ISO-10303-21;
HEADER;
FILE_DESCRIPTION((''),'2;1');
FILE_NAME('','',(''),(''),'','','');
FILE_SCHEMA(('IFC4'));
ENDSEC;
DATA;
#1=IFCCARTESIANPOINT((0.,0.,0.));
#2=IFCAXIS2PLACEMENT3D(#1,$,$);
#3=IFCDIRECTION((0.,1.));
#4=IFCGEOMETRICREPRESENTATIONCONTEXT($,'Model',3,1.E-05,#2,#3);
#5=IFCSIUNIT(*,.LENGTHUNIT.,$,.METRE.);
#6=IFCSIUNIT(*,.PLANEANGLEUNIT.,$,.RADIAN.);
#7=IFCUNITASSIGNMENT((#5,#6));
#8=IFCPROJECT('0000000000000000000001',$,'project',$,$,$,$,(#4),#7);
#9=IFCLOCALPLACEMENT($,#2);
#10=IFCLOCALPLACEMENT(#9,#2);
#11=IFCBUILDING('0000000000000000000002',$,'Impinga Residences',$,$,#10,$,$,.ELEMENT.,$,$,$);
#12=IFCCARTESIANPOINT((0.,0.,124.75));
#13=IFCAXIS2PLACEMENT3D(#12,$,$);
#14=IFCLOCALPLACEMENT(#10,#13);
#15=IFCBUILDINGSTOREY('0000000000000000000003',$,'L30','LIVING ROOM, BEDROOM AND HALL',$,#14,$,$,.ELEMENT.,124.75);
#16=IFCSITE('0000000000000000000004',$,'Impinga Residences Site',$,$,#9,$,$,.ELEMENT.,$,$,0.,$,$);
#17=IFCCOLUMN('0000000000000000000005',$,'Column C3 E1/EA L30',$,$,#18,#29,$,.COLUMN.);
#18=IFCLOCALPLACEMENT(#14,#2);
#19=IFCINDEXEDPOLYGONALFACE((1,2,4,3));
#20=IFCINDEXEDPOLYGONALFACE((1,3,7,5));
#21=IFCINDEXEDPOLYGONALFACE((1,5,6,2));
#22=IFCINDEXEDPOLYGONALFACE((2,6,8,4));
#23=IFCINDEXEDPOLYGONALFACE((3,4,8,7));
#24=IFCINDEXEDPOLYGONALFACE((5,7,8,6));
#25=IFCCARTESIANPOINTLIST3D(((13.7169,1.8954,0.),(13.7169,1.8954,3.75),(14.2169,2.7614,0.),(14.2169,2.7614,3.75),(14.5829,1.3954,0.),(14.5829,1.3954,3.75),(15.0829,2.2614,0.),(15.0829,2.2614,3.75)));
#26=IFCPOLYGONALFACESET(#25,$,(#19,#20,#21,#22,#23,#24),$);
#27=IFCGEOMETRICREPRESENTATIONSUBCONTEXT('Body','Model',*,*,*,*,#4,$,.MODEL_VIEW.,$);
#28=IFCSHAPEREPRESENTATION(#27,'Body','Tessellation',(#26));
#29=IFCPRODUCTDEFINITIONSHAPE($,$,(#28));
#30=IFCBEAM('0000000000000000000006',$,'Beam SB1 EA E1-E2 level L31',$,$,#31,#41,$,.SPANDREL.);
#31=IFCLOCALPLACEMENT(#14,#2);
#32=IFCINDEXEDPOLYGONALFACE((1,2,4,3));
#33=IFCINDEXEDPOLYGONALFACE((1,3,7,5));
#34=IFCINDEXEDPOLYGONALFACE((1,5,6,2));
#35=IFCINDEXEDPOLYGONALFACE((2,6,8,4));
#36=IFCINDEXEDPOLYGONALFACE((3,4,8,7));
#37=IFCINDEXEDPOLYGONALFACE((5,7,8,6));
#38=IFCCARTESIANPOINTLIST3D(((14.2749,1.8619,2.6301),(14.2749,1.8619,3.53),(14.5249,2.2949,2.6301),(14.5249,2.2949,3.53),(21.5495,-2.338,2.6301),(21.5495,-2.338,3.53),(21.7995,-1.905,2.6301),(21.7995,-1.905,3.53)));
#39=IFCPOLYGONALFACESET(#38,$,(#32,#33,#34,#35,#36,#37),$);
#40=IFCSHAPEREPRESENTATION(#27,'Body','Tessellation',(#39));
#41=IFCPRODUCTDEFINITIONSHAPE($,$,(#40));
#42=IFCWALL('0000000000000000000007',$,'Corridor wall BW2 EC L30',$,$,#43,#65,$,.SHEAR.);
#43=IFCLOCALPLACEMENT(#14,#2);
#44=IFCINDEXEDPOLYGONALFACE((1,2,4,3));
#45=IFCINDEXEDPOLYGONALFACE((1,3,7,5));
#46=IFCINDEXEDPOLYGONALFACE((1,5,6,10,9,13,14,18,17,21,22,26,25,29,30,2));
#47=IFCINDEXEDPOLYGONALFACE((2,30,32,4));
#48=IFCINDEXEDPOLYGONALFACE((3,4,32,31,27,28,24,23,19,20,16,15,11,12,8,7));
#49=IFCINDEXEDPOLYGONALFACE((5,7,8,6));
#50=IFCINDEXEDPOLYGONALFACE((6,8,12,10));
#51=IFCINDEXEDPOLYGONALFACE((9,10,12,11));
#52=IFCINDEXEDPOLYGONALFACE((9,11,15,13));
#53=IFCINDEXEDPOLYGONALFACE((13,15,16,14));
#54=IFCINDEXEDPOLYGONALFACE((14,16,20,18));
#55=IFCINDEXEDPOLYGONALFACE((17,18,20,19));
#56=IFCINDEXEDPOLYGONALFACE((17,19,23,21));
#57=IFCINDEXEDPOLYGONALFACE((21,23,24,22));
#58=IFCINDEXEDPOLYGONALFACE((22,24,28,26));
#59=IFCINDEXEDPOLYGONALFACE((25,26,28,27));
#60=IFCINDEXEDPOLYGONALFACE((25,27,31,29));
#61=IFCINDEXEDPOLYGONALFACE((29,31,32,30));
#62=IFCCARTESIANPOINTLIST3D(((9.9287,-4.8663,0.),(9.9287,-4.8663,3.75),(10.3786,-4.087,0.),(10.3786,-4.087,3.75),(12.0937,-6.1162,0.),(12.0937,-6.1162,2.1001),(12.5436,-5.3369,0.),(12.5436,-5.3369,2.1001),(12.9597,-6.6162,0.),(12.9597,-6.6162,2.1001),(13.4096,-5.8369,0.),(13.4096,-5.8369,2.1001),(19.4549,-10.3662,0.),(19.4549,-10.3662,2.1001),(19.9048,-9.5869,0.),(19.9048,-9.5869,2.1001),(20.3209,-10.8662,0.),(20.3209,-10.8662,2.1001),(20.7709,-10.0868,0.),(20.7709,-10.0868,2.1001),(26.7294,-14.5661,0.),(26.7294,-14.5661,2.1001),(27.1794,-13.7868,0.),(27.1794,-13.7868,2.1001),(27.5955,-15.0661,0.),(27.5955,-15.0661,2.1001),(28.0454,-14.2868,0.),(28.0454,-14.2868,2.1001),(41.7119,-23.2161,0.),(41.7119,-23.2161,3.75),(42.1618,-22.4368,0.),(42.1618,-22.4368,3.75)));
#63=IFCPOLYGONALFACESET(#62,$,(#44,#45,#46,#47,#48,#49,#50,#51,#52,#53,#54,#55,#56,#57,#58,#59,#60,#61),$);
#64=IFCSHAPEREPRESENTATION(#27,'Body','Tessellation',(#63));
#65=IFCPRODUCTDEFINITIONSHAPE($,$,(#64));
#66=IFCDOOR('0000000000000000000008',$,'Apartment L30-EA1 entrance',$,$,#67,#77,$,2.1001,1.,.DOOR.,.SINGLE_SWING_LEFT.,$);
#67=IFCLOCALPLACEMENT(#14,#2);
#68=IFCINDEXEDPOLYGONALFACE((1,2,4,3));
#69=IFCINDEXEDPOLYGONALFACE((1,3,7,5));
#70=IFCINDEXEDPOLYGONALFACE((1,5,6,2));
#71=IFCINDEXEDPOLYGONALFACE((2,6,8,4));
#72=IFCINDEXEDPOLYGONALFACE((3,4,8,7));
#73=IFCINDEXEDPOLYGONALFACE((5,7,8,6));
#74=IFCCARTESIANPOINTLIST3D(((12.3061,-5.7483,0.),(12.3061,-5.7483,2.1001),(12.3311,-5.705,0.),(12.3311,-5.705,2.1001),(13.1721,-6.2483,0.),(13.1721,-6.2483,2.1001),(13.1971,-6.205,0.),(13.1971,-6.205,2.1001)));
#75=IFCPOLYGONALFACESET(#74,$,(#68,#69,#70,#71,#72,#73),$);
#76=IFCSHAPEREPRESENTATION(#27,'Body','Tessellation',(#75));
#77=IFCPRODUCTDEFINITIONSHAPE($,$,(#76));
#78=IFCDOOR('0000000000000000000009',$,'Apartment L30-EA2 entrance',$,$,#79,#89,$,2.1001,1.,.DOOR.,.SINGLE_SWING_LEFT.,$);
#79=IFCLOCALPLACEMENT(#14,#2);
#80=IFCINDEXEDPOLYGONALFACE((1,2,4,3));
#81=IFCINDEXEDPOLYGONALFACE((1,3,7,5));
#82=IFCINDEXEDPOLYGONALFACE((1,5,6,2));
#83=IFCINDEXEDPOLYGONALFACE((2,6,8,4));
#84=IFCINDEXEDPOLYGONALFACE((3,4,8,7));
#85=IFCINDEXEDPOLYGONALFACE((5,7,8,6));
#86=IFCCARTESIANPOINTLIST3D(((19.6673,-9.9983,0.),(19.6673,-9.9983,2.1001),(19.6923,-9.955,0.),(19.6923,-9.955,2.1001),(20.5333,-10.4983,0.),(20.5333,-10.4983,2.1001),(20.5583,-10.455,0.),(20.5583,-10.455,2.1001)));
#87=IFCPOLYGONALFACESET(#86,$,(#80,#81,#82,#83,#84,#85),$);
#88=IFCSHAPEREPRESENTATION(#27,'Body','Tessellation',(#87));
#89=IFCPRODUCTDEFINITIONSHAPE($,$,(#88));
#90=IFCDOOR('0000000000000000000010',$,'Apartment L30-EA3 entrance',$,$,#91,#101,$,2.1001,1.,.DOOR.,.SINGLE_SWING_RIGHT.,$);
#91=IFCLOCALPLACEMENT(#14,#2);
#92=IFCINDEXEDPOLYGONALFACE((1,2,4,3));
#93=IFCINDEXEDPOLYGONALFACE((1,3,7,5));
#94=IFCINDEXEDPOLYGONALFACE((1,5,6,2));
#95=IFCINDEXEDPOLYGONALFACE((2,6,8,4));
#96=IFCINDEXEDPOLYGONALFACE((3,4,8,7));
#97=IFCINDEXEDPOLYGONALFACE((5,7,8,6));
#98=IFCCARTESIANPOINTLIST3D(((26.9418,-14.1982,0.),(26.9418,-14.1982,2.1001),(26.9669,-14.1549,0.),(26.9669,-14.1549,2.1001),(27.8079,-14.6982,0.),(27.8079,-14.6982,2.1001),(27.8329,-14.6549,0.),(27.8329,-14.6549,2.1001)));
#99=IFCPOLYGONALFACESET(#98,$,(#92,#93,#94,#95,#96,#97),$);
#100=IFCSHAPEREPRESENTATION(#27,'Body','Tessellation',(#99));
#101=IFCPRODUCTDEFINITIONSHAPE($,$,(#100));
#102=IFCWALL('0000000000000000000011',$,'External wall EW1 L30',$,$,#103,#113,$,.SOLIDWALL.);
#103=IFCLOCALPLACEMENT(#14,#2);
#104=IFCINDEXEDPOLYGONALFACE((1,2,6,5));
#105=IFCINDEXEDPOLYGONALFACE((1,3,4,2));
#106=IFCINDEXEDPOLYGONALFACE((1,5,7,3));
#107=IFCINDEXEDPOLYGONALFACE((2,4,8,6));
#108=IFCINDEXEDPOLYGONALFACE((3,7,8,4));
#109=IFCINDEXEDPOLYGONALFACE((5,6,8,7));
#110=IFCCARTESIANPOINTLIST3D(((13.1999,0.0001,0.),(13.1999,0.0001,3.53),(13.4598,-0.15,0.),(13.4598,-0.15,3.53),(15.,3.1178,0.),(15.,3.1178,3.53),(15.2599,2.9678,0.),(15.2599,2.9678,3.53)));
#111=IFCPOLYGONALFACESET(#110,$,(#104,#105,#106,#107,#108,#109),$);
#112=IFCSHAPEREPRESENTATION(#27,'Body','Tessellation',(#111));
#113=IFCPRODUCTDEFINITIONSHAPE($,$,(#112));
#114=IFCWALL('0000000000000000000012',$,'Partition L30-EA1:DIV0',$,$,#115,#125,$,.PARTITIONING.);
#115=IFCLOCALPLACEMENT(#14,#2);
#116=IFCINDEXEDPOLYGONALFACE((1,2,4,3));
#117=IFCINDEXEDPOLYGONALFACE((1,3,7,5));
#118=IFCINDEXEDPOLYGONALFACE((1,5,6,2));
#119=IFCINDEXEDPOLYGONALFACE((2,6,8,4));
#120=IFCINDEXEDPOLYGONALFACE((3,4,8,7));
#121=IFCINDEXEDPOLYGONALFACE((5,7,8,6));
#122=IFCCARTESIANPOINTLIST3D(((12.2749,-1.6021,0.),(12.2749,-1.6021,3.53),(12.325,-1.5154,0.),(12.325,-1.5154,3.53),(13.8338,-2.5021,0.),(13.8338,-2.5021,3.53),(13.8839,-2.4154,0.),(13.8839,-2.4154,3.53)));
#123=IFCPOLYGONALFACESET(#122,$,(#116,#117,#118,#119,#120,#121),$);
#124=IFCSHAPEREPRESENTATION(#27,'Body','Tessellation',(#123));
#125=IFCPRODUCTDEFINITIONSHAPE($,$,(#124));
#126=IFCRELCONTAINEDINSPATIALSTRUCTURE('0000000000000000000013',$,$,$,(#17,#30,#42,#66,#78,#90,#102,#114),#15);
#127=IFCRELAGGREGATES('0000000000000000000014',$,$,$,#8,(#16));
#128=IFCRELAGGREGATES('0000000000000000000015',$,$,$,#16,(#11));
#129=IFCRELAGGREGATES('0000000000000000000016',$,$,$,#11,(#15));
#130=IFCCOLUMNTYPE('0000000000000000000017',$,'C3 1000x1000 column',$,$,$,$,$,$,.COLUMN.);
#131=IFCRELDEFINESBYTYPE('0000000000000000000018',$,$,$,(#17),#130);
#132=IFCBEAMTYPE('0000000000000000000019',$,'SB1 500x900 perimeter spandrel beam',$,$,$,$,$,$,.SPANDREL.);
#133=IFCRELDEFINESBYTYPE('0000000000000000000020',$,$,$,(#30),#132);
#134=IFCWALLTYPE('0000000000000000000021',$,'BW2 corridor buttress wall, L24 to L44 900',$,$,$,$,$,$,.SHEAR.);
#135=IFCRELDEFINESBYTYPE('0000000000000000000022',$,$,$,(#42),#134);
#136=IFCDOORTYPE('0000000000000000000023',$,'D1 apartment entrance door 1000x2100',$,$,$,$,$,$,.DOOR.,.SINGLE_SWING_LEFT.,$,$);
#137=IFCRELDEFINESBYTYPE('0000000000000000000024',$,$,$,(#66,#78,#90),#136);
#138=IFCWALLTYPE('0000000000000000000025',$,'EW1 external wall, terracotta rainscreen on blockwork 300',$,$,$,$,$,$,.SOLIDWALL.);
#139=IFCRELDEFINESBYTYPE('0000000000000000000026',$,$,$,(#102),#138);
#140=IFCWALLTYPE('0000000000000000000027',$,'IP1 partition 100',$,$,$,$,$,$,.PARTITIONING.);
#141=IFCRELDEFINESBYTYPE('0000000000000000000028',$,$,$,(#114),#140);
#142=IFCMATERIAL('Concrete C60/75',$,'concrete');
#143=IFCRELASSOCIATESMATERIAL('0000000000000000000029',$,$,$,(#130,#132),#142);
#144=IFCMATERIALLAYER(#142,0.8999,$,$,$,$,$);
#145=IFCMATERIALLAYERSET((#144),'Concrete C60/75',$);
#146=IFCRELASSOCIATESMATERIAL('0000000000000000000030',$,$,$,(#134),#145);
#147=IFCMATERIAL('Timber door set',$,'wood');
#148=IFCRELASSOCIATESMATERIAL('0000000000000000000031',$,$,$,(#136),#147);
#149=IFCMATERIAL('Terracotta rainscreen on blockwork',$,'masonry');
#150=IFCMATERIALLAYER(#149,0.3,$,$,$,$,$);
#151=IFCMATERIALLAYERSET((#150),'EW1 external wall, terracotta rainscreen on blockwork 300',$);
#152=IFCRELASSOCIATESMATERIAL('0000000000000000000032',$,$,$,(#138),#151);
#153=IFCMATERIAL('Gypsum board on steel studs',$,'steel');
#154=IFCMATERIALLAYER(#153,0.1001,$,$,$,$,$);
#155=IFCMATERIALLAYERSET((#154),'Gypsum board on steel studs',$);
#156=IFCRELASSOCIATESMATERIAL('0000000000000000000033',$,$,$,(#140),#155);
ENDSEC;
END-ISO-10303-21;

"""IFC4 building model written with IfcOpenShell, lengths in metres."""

from ifc_helpers import new_model, si_unit, direction, frame, frame_2d, origin, origin_2d, place, context, subcontext, project, spatial, rectangle, extrude, material, layer, layer_set, material_profile, profile_set, type_object, element, fill, save


model = new_model("IFC4")

# Units and contexts
model_context = context("Model", 3, precision=1e-05, world=origin(), true_north=direction((0.0, 1.0)))
body_context = subcontext(model_context, "Body", "Model", "MODEL_VIEW")
ifc_project = project(units=[si_unit("LENGTHUNIT", "METRE"), si_unit("PLANEANGLEUNIT", "RADIAN")], contexts=[model_context])

# Site, building, storey
site_placement = place(None, origin())
site = spatial("IfcSite", under=ifc_project, at=site_placement, Name="Impinga Residences Site", CompositionType="ELEMENT", RefElevation=0.0)
building_placement = place(site_placement, origin())
building = spatial("IfcBuilding", under=site, at=building_placement, Name="Impinga Residences", CompositionType="ELEMENT")
storey_placement = place(building_placement, frame((0.0, 0.0, 124.75)))
storey = spatial("IfcBuildingStorey", under=building, at=storey_placement, Name="L30", Description="LIVING ROOM, BEDROOM AND HALL", CompositionType="ELEMENT", Elevation=124.75)

# Column
ifc_material_1 = material(Name="Concrete C60/75", Category="concrete")
ifc_material_profile_1 = material_profile(ifc_material_1, rectangle(XDim=1.0, YDim=1.0, at=origin_2d()), Name="RC 1000x1000")
ifc_profile_set_1 = profile_set([ifc_material_profile_1], Name="Concrete C60/75")
column_type = type_object("IfcColumnType", Name="C3 1000x1000 column", PredefinedType="COLUMN", material=ifc_profile_set_1)
column_placement = place(storey_placement, frame((14.3999, 2.0784, 0.0), z_axis=(0.0, 0.0, 1.0), x_axis=(-0.5, -0.866025, 0.0)))
element("IfcColumn", 1, at=column_placement, inside=storey, type_object=column_type, Name="Column C3 E1/EA L30", PredefinedType="COLUMN", context=body_context, shape_type="SweptSolid", body=[
    extrude(rectangle(XDim=1.0, YDim=1.0, at=origin_2d()), origin(), (0.0, 0.0, 1.0), 3.75),
])

# Beam
ifc_material_profile_2 = material_profile(ifc_material_1, rectangle(XDim=0.5, YDim=0.8999, at=origin_2d()), Name="RC 500x900")
ifc_profile_set_2 = profile_set([ifc_material_profile_2], Name="Concrete C60/75")
beam_type = type_object("IfcBeamType", Name="SB1 500x900 perimeter spandrel beam", PredefinedType="SPANDREL", material=ifc_profile_set_2)
beam_placement = place(storey_placement, frame((14.3999, 2.0784, 3.0801), z_axis=(0.866029, -0.499993, 0.0), x_axis=(0.499993, 0.866029, 0.0)))
element("IfcBeam", 2, at=beam_placement, inside=storey, type_object=beam_type, Name="Beam SB1 EA E1-E2 level L31", PredefinedType="SPANDREL", context=body_context, shape_type="SweptSolid", body=[
    extrude(rectangle(XDim=0.5, YDim=0.8999, at=origin_2d()), origin(), (0.0, 0.0, 1.0), 8.3999),
])

# Wall, openings, doors
ifc_layer_1 = layer(ifc_material_1, 0.8999)
ifc_layer_set_1 = layer_set([ifc_layer_1], Name="Concrete C60/75")
wall_type_1 = type_object("IfcWallType", Name="BW2 corridor buttress wall, L24 to L44 900", PredefinedType="SHEAR", material=ifc_layer_set_1)
wall_1_placement = place(storey_placement, frame((10.1536, -4.4766, 0.0), z_axis=(0.0, 0.0, 1.0), x_axis=(0.866028, -0.499996, 0.0)))
wall_1 = element("IfcWall", 3, at=wall_1_placement, inside=storey, type_object=wall_type_1, Name="Corridor wall BW2 EC L30", PredefinedType="SHEAR", context=body_context, shape_type="SweptSolid", body=[
    extrude(rectangle(XDim=36.7, YDim=0.8999, at=frame_2d((18.3501, 0.0))), origin(), (0.0, 0.0, 1.0), 3.75),
])
opening_1_placement = place(wall_1_placement, frame((2.5, 0.0, 0.0)))
opening_1 = element("IfcOpeningElement", 4, at=opening_1_placement, cuts=wall_1, PredefinedType="OPENING", context=body_context, shape_type="SweptSolid", body=[
    extrude(rectangle(XDim=1.0, YDim=2.1001, at=frame_2d((0.5, 1.05))), frame((0.0, 0.46, 0.0), z_axis=(0.0, -1.0, 0.0), x_axis=(1.0, 0.0, 0.0)), (0.0, 0.0, 1.0), 0.9199),
])
opening_2_placement = place(wall_1_placement, frame((11.0, 0.0, 0.0)))
opening_2 = element("IfcOpeningElement", 5, at=opening_2_placement, cuts=wall_1, PredefinedType="OPENING", context=body_context, shape_type="SweptSolid", body=[
    extrude(rectangle(XDim=1.0, YDim=2.1001, at=frame_2d((0.5, 1.05))), frame((0.0, 0.46, 0.0), z_axis=(0.0, -1.0, 0.0), x_axis=(1.0, 0.0, 0.0)), (0.0, 0.0, 1.0), 0.9199),
])
opening_3_placement = place(wall_1_placement, frame((19.3999, 0.0, 0.0)))
opening_3 = element("IfcOpeningElement", 6, at=opening_3_placement, cuts=wall_1, PredefinedType="OPENING", context=body_context, shape_type="SweptSolid", body=[
    extrude(rectangle(XDim=1.0, YDim=2.1001, at=frame_2d((0.5, 1.05))), frame((0.0, 0.46, 0.0), z_axis=(0.0, -1.0, 0.0), x_axis=(1.0, 0.0, 0.0)), (0.0, 0.0, 1.0), 0.9199),
])
ifc_material_2 = material(Name="Timber door set", Category="wood")
door_type_1 = type_object("IfcDoorType", Name="D1 apartment entrance door 1000x2100", OperationType="SINGLE_SWING_LEFT", PredefinedType="DOOR", material=ifc_material_2)
door_1_placement = place(opening_1_placement, origin())
door_1 = element("IfcDoor", 7, at=door_1_placement, inside=storey, type_object=door_type_1, Name="Apartment L30-EA1 entrance", OperationType="SINGLE_SWING_LEFT", OverallHeight=2.1001, OverallWidth=1.0, PredefinedType="DOOR", context=body_context, shape_type="SweptSolid", body=[
    extrude(rectangle(XDim=1.0, YDim=2.1001, at=frame_2d((0.5, 1.05))), frame((0.0, 0.0249, 0.0), z_axis=(0.0, -1.0, 0.0), x_axis=(1.0, 0.0, 0.0)), (0.0, 0.0, 1.0), 0.05),
])
fill(opening_1, door_1)
door_2_placement = place(opening_2_placement, origin())
door_2 = element("IfcDoor", 8, at=door_2_placement, inside=storey, type_object=door_type_1, Name="Apartment L30-EA2 entrance", OperationType="SINGLE_SWING_LEFT", OverallHeight=2.1001, OverallWidth=1.0, PredefinedType="DOOR", context=body_context, shape_type="SweptSolid", body=[
    extrude(rectangle(XDim=1.0, YDim=2.1001, at=frame_2d((0.5, 1.05))), frame((0.0, 0.0249, 0.0), z_axis=(0.0, -1.0, 0.0), x_axis=(1.0, 0.0, 0.0)), (0.0, 0.0, 1.0), 0.05),
])
fill(opening_2, door_2)
door_3_placement = place(opening_3_placement, origin())
door_3 = element("IfcDoor", 9, at=door_3_placement, inside=storey, type_object=door_type_1, Name="Apartment L30-EA3 entrance", OperationType="SINGLE_SWING_RIGHT", OverallHeight=2.1001, OverallWidth=1.0, PredefinedType="DOOR", context=body_context, shape_type="SweptSolid", body=[
    extrude(rectangle(XDim=1.0, YDim=2.1001, at=frame_2d((0.5, 1.05))), frame((0.0, 0.0249, 0.0), z_axis=(0.0, -1.0, 0.0), x_axis=(1.0, 0.0, 0.0)), (0.0, 0.0, 1.0), 0.05),
])
fill(opening_3, door_3)

# Walls
ifc_material_3 = material(Name="Terracotta rainscreen on blockwork", Category="masonry")
ifc_layer_2 = layer(ifc_material_3, 0.3)
ifc_layer_set_2 = layer_set([ifc_layer_2], Name="EW1 external wall, terracotta rainscreen on blockwork 300")
wall_type_2 = type_object("IfcWallType", Name="EW1 external wall, terracotta rainscreen on blockwork 300", PredefinedType="SOLIDWALL", material=ifc_layer_set_2)
wall_2_placement = place(storey_placement, frame((13.3298, -0.075, 0.0), z_axis=(0.0, 0.0, 1.0), x_axis=(0.500012, 0.866018, 0.0)))
element("IfcWall", 10, at=wall_2_placement, inside=storey, type_object=wall_type_2, Name="External wall EW1 L30", PredefinedType="SOLIDWALL", context=body_context, shape_type="SweptSolid", body=[
    extrude(rectangle(XDim=3.6001, YDim=0.3, at=frame_2d((1.8, 0.0))), origin(), (0.0, 0.0, 1.0), 3.53),
])
ifc_material_4 = material(Name="Gypsum board on steel studs", Category="steel")
ifc_layer_3 = layer(ifc_material_4, 0.1001)
ifc_layer_set_3 = layer_set([ifc_layer_3], Name="Gypsum board on steel studs")
wall_type_3 = type_object("IfcWallType", Name="IP1 partition 100", PredefinedType="PARTITIONING", material=ifc_layer_set_3)
wall_3_placement = place(storey_placement, frame((12.3, -1.5588, 0.0), z_axis=(0.0, 0.0, 1.0), x_axis=(0.866048, -0.499961, 0.0)))
element("IfcWall", 11, at=wall_3_placement, inside=storey, type_object=wall_type_3, Name="Partition L30-EA1:DIV0", PredefinedType="PARTITIONING", context=body_context, shape_type="SweptSolid", body=[
    extrude(rectangle(XDim=1.8, YDim=0.1001, at=frame_2d((0.8999, 0.0))), origin(), (0.0, 0.0, 1.0), 3.53),
])

save(model, "model.ifc")
